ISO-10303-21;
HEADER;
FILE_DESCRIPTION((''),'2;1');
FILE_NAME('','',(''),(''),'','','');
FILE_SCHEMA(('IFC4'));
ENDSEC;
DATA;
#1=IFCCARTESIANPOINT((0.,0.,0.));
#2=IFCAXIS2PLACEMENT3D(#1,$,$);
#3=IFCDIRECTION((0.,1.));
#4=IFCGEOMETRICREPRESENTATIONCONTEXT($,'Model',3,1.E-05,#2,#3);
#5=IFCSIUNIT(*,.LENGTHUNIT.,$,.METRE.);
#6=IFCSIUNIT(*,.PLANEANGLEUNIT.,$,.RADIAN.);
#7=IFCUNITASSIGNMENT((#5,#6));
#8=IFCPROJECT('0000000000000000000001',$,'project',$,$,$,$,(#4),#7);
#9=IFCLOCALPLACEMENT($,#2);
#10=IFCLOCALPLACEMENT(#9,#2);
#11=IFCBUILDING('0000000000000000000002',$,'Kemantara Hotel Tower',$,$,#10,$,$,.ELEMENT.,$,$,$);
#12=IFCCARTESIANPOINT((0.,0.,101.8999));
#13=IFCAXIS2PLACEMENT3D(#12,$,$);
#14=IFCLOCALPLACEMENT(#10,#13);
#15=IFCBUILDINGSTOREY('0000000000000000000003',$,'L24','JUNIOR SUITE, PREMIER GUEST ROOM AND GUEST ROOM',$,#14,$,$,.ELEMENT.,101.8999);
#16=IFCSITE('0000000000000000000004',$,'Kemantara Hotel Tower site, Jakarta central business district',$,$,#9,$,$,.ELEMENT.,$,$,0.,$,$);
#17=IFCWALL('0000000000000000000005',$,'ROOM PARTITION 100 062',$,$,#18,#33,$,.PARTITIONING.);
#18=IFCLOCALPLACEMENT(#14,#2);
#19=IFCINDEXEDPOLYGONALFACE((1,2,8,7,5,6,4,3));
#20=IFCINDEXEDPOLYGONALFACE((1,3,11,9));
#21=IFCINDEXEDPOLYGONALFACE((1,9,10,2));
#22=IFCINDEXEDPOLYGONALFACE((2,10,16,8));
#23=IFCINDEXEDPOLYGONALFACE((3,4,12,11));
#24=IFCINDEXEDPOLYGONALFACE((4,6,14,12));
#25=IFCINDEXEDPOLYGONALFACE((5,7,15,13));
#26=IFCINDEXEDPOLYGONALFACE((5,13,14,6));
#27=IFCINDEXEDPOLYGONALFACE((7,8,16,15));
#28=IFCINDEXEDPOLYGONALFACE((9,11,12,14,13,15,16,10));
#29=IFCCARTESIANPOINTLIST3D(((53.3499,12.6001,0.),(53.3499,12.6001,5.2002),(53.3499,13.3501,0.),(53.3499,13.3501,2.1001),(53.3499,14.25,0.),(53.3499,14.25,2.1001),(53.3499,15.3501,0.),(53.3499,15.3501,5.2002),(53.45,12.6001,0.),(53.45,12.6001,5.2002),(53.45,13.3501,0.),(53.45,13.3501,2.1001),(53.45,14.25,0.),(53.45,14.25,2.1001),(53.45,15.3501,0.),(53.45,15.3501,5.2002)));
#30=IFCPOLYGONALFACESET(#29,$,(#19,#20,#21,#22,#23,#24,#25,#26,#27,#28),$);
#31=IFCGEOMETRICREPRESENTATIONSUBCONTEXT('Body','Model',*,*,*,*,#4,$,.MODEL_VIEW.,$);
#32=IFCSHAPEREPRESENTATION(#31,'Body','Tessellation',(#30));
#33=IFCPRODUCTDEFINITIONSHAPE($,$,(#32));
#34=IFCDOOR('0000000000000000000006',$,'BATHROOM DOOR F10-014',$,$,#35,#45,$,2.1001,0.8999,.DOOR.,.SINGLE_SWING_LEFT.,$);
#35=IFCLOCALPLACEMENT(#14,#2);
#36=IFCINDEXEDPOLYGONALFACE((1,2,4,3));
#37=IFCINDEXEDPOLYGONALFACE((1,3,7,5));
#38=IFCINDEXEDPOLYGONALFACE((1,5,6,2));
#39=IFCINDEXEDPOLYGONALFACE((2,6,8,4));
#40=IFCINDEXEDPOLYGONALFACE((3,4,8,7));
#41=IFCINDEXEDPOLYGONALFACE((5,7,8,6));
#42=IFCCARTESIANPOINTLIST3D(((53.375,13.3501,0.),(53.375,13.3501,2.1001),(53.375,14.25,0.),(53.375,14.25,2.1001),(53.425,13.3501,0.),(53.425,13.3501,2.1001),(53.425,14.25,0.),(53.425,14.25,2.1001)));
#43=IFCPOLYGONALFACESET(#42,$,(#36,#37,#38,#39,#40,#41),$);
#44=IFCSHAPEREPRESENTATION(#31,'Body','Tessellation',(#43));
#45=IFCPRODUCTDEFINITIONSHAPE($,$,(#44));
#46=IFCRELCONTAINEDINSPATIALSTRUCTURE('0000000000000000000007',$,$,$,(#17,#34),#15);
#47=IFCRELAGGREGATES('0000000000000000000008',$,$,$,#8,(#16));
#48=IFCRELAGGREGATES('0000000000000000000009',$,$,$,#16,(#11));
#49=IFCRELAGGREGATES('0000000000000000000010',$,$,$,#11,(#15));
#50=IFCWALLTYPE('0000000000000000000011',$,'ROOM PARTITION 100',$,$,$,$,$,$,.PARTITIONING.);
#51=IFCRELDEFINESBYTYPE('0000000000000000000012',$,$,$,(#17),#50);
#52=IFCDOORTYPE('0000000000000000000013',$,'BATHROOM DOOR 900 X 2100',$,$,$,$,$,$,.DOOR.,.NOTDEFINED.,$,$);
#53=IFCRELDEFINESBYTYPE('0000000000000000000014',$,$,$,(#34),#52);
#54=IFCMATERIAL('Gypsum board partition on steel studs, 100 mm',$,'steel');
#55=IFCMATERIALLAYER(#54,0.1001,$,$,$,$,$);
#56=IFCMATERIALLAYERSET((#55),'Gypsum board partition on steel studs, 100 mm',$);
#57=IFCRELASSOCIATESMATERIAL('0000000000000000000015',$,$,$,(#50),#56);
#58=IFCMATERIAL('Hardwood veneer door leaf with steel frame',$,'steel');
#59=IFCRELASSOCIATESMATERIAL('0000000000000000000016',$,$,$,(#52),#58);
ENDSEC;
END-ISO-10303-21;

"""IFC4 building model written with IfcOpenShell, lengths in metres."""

from ifc_helpers import new_model, si_unit, direction, frame, frame_2d, origin, place, context, subcontext, project, spatial, rectangle, extrude, material, layer, layer_set, type_object, element, fill, save


model = new_model("IFC4")

# Units and contexts
model_context = context("Model", 3, precision=1e-05, world=origin(), true_north=direction((0.0, 1.0)))
body_context = subcontext(model_context, "Body", "Model", "MODEL_VIEW")
ifc_project = project(units=[si_unit("LENGTHUNIT", "METRE"), si_unit("PLANEANGLEUNIT", "RADIAN")], contexts=[model_context])

# Site, building, storey
site_placement = place(None, origin())
site = spatial("IfcSite", under=ifc_project, at=site_placement, Name="Kemantara Hotel Tower site, Jakarta central business district", CompositionType="ELEMENT", RefElevation=0.0)
building_placement = place(site_placement, origin())
building = spatial("IfcBuilding", under=site, at=building_placement, Name="Kemantara Hotel Tower", CompositionType="ELEMENT")
storey_placement = place(building_placement, frame((0.0, 0.0, 101.8999)))
storey = spatial("IfcBuildingStorey", under=building, at=storey_placement, Name="L24", Description="JUNIOR SUITE, PREMIER GUEST ROOM AND GUEST ROOM", CompositionType="ELEMENT", Elevation=101.8999)

# Shared definitions
ifc_material_1 = material(Name="Hardwood veneer door leaf with steel frame", Category="steel")

# Shared definitions
ifc_material_2 = material(Name="Gypsum board partition on steel studs, 100 mm", Category="steel")
ifc_layer_1 = layer(ifc_material_2, 0.1001)
ifc_layer_set_1 = layer_set([ifc_layer_1], Name="Gypsum board partition on steel studs, 100 mm")
wall_type_1 = type_object("IfcWallType", Name="ROOM PARTITION 100", PredefinedType="PARTITIONING", material=ifc_layer_set_1)

# Wall, opening, door
wall_1_placement = place(storey_placement, frame((53.3999, 12.6001, 0.0), z_axis=(0.0, 0.0, 1.0), x_axis=(0.0, 1.0, 0.0)))
wall_1 = element("IfcWall", 1, at=wall_1_placement, inside=storey, type_object=wall_type_1, Name="ROOM PARTITION 100 062", PredefinedType="PARTITIONING", context=body_context, shape_type="SweptSolid", body=[
    extrude(rectangle(XDim=2.75, YDim=0.1001, at=frame_2d((1.375, 0.0))), origin(), (0.0, 0.0, 1.0), 5.2002),
])
opening_1_placement = place(wall_1_placement, frame((0.75, 0.0, 0.0)))
opening_1 = element("IfcOpeningElement", 2, at=opening_1_placement, cuts=wall_1, PredefinedType="OPENING", context=body_context, shape_type="SweptSolid", body=[
    extrude(rectangle(XDim=0.8999, YDim=2.1001, at=frame_2d((0.45, 1.05))), frame((0.0, 0.0601, 0.0), z_axis=(0.0, -1.0, 0.0), x_axis=(1.0, 0.0, 0.0)), (0.0, 0.0, 1.0), 0.1201),
])
door_type_1 = type_object("IfcDoorType", Name="BATHROOM DOOR 900 X 2100", OperationType="NOTDEFINED", PredefinedType="DOOR", material=ifc_material_1)
door_1_placement = place(opening_1_placement, origin())
door_1 = element("IfcDoor", 3, at=door_1_placement, inside=storey, type_object=door_type_1, Name="BATHROOM DOOR F10-014", OperationType="SINGLE_SWING_LEFT", OverallHeight=2.1001, OverallWidth=0.8999, PredefinedType="DOOR", context=body_context, shape_type="SweptSolid", body=[
    extrude(rectangle(XDim=0.8999, YDim=2.1001, at=frame_2d((0.45, 1.05))), frame((0.0, 0.0249, 0.0), z_axis=(0.0, -1.0, 0.0), x_axis=(1.0, 0.0, 0.0)), (0.0, 0.0, 1.0), 0.05),
])
fill(opening_1, door_1)

save(model, "model.ifc")
